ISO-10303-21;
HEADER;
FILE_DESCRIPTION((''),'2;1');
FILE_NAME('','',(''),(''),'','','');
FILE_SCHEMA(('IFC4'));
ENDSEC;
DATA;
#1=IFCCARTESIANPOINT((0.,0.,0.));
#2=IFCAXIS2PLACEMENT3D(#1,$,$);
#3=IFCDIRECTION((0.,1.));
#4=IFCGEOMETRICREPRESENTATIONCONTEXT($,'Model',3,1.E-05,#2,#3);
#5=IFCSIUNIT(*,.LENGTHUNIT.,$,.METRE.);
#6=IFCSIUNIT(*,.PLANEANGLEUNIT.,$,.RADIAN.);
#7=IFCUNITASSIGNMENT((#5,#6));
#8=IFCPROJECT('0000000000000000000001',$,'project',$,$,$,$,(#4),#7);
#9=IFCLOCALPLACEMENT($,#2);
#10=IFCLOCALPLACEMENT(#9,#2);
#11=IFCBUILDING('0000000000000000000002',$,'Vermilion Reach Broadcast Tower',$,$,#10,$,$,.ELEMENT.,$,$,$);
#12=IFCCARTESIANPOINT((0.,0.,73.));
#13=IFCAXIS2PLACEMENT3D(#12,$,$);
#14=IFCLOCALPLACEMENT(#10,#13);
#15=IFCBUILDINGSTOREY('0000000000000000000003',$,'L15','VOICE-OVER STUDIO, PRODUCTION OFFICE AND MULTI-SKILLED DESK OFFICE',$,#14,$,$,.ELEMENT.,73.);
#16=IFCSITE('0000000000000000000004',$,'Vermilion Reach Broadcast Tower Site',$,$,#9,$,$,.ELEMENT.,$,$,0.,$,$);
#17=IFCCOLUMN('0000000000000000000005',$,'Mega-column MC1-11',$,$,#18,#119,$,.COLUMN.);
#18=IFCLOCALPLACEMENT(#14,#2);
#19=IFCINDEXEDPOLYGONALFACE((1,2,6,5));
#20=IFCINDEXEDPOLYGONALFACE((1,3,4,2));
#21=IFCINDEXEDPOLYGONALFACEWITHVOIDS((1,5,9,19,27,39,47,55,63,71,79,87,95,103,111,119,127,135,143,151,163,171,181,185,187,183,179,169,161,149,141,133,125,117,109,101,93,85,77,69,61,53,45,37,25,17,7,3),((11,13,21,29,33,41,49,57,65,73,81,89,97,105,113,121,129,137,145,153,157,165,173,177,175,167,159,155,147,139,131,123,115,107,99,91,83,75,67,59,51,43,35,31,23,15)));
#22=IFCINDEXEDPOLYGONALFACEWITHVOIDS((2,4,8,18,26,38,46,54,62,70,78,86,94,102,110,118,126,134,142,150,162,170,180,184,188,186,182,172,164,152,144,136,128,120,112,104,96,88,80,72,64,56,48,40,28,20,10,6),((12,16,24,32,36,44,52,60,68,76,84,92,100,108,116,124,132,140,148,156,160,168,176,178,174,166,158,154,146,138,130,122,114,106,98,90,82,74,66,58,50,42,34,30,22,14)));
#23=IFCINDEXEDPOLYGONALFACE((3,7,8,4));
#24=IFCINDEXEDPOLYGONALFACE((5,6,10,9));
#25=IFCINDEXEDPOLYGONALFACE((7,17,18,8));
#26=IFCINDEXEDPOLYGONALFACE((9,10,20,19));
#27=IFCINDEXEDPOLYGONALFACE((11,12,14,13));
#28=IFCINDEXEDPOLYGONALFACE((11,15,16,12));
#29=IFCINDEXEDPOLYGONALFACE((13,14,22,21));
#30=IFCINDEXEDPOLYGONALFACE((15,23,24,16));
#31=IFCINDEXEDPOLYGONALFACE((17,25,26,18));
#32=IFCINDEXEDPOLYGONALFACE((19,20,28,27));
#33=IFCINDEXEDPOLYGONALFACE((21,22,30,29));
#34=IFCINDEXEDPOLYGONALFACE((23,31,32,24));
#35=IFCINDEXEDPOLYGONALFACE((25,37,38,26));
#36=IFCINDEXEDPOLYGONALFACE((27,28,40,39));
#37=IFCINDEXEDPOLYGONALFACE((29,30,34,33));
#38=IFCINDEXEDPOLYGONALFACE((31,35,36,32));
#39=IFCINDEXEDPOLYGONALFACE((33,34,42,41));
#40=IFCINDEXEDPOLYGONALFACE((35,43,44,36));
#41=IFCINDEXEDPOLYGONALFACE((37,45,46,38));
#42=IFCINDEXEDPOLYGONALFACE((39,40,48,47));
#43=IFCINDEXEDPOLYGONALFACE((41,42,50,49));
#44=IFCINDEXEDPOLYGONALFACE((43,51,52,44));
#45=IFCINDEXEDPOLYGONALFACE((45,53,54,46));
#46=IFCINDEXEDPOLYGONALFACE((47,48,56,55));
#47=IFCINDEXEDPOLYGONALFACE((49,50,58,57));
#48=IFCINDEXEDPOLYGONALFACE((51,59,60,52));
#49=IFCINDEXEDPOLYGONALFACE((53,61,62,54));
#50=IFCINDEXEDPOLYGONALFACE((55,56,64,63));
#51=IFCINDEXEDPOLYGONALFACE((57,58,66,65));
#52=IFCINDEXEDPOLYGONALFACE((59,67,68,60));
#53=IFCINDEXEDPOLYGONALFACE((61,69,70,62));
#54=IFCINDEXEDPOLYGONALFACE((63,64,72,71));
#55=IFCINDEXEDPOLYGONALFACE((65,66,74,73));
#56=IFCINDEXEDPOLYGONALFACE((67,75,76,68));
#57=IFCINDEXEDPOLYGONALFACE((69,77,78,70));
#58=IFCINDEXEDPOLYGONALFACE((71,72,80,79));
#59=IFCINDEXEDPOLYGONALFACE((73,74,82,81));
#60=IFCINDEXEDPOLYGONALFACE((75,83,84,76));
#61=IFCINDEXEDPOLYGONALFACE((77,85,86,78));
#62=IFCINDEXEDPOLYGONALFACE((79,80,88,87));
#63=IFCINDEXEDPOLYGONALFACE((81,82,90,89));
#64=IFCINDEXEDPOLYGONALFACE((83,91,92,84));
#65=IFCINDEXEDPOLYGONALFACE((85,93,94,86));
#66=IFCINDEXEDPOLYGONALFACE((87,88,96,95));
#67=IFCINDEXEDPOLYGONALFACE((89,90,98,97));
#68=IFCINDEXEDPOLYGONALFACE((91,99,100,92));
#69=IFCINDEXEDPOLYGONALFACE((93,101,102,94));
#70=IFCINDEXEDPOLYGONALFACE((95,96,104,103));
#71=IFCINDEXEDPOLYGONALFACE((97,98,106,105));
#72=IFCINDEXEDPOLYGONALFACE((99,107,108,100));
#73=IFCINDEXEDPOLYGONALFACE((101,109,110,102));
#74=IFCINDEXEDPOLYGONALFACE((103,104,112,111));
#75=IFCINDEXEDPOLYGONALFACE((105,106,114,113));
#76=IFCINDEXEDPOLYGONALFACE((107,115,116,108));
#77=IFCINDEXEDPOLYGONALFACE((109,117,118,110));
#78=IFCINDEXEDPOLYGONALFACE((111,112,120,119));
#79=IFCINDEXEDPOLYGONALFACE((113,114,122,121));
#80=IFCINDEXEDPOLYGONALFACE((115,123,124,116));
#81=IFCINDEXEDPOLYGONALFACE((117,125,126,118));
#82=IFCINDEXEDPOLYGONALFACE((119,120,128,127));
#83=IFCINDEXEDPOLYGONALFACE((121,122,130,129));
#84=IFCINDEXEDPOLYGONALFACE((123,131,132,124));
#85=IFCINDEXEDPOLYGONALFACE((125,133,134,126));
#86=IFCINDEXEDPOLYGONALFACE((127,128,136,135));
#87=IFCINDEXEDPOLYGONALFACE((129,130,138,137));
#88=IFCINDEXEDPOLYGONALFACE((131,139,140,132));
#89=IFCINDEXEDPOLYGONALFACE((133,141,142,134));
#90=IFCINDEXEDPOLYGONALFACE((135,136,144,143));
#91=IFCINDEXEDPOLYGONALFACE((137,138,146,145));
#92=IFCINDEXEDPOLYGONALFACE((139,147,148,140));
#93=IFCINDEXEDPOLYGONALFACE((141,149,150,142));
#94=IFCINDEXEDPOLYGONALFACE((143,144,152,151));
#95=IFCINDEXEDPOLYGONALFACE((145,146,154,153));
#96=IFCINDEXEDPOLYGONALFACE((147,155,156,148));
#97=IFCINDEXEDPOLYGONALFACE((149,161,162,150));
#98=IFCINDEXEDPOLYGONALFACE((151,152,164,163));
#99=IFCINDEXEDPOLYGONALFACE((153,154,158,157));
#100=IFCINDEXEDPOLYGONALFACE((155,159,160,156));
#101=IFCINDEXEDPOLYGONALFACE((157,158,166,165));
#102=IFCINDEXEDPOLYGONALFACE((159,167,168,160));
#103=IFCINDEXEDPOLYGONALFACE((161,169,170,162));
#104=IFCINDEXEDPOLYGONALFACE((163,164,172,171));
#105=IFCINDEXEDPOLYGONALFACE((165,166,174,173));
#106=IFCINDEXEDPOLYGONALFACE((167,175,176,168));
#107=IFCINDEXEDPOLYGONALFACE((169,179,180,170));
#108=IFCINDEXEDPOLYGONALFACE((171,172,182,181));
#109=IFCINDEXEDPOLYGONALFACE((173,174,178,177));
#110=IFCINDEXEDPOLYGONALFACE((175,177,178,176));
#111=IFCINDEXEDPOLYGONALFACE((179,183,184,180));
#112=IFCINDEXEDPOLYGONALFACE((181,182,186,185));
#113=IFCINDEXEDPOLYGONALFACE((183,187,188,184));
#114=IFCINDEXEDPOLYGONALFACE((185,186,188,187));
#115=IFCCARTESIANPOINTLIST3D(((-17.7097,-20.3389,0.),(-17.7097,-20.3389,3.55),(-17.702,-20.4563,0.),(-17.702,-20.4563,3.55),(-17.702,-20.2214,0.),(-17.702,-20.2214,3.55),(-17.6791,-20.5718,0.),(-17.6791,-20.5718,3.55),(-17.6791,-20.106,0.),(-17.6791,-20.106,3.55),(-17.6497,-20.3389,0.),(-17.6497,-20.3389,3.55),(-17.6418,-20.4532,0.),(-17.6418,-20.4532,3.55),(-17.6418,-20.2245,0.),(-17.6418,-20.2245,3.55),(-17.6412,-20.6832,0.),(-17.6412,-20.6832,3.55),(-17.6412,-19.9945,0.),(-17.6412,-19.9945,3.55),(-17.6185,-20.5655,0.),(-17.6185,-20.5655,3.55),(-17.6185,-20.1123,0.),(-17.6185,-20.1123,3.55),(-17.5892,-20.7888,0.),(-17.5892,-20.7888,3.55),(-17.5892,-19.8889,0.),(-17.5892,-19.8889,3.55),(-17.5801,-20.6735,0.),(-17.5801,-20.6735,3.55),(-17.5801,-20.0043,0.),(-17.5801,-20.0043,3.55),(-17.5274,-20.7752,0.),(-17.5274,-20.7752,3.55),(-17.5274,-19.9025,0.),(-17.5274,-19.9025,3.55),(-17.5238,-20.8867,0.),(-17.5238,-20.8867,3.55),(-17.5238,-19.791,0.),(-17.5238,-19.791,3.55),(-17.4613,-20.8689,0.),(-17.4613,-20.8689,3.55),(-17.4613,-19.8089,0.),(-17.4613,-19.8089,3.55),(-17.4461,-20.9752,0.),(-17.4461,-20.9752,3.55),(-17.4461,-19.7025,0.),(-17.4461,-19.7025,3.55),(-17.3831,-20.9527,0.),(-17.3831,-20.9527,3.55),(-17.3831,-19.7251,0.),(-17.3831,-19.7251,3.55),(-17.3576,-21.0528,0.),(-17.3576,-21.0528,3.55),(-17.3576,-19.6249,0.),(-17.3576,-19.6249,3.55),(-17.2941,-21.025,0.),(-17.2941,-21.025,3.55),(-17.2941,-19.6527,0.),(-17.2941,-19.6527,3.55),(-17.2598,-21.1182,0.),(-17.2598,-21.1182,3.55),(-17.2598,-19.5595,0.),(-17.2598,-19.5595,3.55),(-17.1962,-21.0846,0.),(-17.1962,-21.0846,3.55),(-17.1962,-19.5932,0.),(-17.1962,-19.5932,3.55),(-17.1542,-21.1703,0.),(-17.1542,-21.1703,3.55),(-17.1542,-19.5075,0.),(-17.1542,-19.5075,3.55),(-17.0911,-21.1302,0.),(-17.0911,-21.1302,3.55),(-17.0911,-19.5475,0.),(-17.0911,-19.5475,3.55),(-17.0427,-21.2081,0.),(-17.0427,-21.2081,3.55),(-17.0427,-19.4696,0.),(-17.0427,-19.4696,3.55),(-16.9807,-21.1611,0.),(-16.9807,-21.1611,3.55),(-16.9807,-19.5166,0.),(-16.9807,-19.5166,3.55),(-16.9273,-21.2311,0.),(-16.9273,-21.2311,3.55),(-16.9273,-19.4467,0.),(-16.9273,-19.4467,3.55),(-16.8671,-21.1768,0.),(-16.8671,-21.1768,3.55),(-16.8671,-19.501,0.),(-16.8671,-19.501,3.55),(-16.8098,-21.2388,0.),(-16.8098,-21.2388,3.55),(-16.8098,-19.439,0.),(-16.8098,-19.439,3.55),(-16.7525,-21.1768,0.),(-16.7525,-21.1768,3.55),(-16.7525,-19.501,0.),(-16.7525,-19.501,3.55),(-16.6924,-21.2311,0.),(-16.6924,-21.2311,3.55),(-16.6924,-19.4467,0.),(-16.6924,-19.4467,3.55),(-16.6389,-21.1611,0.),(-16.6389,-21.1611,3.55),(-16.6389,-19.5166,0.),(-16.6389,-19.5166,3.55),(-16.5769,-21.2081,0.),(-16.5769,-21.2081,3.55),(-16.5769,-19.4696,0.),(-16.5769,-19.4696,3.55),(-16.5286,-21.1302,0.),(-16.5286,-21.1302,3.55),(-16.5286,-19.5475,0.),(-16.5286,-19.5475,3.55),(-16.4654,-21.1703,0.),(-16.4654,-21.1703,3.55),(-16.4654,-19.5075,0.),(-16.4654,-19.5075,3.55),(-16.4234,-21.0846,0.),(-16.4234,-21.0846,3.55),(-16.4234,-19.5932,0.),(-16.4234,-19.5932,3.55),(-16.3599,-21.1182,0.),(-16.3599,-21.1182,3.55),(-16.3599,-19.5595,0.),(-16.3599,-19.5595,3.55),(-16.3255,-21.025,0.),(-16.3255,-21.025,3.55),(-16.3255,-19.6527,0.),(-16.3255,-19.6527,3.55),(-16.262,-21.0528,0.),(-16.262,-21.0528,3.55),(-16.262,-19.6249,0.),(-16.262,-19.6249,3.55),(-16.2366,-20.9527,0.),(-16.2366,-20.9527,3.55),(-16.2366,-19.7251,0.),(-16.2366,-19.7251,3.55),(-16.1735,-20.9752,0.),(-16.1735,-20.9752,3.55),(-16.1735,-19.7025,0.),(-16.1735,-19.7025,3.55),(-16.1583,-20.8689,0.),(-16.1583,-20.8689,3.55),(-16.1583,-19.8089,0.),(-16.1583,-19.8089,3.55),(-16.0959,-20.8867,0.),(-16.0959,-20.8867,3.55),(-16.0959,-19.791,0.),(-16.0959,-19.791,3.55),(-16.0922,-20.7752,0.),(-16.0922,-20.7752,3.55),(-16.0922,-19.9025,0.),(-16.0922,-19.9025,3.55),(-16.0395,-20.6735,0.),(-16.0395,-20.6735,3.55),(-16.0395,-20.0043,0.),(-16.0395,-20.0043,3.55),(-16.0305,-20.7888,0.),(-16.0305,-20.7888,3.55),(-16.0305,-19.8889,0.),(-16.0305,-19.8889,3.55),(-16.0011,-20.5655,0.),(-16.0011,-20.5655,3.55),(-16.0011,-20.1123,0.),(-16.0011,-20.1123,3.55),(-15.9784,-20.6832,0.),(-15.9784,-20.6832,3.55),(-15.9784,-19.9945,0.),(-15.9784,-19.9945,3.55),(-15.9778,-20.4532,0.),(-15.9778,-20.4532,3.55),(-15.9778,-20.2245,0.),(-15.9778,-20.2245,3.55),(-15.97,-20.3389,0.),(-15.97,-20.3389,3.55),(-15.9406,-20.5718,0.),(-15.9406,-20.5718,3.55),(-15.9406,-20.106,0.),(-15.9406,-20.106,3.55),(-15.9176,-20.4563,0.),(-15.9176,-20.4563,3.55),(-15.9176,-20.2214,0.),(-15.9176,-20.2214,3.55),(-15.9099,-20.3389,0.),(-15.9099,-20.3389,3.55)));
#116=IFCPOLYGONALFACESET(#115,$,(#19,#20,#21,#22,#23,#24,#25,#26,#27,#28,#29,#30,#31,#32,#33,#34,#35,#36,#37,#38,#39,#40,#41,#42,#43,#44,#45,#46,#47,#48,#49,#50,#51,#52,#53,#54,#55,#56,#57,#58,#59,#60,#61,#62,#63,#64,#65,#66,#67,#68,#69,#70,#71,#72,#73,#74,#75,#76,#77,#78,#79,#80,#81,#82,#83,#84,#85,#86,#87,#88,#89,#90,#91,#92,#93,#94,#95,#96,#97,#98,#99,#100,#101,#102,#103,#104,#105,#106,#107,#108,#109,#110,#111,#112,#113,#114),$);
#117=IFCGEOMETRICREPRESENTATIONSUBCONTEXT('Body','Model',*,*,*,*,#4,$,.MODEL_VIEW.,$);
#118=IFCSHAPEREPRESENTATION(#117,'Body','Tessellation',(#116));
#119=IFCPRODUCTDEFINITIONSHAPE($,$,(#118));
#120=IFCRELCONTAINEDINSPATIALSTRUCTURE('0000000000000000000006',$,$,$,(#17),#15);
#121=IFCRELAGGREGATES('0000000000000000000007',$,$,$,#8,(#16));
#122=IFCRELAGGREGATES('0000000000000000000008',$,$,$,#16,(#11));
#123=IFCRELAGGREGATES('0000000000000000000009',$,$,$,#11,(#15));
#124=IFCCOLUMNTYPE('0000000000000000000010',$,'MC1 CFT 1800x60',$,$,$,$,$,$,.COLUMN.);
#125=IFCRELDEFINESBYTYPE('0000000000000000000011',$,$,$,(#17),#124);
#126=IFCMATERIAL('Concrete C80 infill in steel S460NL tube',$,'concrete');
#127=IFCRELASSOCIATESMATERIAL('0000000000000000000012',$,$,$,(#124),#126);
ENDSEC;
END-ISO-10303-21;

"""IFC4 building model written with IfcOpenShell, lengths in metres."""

from ifc_helpers import new_model, si_unit, direction, frame, origin, origin_2d, place, context, subcontext, project, spatial, hollow_circle, extrude, material, material_profile, profile_set, type_object, element, save


model = new_model("IFC4")

# Units and contexts
model_context = context("Model", 3, precision=1e-05, world=origin(), true_north=direction((0.0, 1.0)))
body_context = subcontext(model_context, "Body", "Model", "MODEL_VIEW")
ifc_project = project(units=[si_unit("LENGTHUNIT", "METRE"), si_unit("PLANEANGLEUNIT", "RADIAN")], contexts=[model_context])

# Site, building, storey
site_placement = place(None, origin())
site = spatial("IfcSite", under=ifc_project, at=site_placement, Name="Vermilion Reach Broadcast Tower Site", CompositionType="ELEMENT", RefElevation=0.0)
building_placement = place(site_placement, origin())
building = spatial("IfcBuilding", under=site, at=building_placement, Name="Vermilion Reach Broadcast Tower", CompositionType="ELEMENT")
storey_placement = place(building_placement, frame((0.0, 0.0, 73.0)))
storey = spatial("IfcBuildingStorey", under=building, at=storey_placement, Name="L15", Description="VOICE-OVER STUDIO, PRODUCTION OFFICE AND MULTI-SKILLED DESK OFFICE", CompositionType="ELEMENT", Elevation=73.0)

# Column
ifc_material_1 = material(Name="Concrete C80 infill in steel S460NL tube", Category="concrete")
ifc_material_profile_1 = material_profile(ifc_material_1, hollow_circle(Radius=0.8999, WallThickness=0.0601, at=origin_2d()), Name="Concrete C80 infill in steel S460NL tube CFT 1800x60")
ifc_profile_set_1 = profile_set([ifc_material_profile_1], Name="Concrete C80 infill in steel S460NL tube")
column_type = type_object("IfcColumnType", Name="MC1 CFT 1800x60", PredefinedType="COLUMN", material=ifc_profile_set_1)
for number, where, z_axis, x_axis, name in (
    (1, (-16.8098, -20.3389, 0.0), (0.0, 0.0, 1.0), (1.0, 0.0, 0.0), "Mega-column MC1-11"),
):
    element("IfcColumn", number, at=place(storey_placement, frame(where, z_axis=z_axis, x_axis=x_axis)), inside=storey, type_object=column_type, Name=name, PredefinedType="COLUMN", context=body_context, shape_type="SweptSolid", body=[
        extrude(hollow_circle(Radius=0.8999, WallThickness=0.0601, at=origin_2d()), origin(), (0.0, 0.0, 1.0), 3.55),
    ])

save(model, "model.ifc")
